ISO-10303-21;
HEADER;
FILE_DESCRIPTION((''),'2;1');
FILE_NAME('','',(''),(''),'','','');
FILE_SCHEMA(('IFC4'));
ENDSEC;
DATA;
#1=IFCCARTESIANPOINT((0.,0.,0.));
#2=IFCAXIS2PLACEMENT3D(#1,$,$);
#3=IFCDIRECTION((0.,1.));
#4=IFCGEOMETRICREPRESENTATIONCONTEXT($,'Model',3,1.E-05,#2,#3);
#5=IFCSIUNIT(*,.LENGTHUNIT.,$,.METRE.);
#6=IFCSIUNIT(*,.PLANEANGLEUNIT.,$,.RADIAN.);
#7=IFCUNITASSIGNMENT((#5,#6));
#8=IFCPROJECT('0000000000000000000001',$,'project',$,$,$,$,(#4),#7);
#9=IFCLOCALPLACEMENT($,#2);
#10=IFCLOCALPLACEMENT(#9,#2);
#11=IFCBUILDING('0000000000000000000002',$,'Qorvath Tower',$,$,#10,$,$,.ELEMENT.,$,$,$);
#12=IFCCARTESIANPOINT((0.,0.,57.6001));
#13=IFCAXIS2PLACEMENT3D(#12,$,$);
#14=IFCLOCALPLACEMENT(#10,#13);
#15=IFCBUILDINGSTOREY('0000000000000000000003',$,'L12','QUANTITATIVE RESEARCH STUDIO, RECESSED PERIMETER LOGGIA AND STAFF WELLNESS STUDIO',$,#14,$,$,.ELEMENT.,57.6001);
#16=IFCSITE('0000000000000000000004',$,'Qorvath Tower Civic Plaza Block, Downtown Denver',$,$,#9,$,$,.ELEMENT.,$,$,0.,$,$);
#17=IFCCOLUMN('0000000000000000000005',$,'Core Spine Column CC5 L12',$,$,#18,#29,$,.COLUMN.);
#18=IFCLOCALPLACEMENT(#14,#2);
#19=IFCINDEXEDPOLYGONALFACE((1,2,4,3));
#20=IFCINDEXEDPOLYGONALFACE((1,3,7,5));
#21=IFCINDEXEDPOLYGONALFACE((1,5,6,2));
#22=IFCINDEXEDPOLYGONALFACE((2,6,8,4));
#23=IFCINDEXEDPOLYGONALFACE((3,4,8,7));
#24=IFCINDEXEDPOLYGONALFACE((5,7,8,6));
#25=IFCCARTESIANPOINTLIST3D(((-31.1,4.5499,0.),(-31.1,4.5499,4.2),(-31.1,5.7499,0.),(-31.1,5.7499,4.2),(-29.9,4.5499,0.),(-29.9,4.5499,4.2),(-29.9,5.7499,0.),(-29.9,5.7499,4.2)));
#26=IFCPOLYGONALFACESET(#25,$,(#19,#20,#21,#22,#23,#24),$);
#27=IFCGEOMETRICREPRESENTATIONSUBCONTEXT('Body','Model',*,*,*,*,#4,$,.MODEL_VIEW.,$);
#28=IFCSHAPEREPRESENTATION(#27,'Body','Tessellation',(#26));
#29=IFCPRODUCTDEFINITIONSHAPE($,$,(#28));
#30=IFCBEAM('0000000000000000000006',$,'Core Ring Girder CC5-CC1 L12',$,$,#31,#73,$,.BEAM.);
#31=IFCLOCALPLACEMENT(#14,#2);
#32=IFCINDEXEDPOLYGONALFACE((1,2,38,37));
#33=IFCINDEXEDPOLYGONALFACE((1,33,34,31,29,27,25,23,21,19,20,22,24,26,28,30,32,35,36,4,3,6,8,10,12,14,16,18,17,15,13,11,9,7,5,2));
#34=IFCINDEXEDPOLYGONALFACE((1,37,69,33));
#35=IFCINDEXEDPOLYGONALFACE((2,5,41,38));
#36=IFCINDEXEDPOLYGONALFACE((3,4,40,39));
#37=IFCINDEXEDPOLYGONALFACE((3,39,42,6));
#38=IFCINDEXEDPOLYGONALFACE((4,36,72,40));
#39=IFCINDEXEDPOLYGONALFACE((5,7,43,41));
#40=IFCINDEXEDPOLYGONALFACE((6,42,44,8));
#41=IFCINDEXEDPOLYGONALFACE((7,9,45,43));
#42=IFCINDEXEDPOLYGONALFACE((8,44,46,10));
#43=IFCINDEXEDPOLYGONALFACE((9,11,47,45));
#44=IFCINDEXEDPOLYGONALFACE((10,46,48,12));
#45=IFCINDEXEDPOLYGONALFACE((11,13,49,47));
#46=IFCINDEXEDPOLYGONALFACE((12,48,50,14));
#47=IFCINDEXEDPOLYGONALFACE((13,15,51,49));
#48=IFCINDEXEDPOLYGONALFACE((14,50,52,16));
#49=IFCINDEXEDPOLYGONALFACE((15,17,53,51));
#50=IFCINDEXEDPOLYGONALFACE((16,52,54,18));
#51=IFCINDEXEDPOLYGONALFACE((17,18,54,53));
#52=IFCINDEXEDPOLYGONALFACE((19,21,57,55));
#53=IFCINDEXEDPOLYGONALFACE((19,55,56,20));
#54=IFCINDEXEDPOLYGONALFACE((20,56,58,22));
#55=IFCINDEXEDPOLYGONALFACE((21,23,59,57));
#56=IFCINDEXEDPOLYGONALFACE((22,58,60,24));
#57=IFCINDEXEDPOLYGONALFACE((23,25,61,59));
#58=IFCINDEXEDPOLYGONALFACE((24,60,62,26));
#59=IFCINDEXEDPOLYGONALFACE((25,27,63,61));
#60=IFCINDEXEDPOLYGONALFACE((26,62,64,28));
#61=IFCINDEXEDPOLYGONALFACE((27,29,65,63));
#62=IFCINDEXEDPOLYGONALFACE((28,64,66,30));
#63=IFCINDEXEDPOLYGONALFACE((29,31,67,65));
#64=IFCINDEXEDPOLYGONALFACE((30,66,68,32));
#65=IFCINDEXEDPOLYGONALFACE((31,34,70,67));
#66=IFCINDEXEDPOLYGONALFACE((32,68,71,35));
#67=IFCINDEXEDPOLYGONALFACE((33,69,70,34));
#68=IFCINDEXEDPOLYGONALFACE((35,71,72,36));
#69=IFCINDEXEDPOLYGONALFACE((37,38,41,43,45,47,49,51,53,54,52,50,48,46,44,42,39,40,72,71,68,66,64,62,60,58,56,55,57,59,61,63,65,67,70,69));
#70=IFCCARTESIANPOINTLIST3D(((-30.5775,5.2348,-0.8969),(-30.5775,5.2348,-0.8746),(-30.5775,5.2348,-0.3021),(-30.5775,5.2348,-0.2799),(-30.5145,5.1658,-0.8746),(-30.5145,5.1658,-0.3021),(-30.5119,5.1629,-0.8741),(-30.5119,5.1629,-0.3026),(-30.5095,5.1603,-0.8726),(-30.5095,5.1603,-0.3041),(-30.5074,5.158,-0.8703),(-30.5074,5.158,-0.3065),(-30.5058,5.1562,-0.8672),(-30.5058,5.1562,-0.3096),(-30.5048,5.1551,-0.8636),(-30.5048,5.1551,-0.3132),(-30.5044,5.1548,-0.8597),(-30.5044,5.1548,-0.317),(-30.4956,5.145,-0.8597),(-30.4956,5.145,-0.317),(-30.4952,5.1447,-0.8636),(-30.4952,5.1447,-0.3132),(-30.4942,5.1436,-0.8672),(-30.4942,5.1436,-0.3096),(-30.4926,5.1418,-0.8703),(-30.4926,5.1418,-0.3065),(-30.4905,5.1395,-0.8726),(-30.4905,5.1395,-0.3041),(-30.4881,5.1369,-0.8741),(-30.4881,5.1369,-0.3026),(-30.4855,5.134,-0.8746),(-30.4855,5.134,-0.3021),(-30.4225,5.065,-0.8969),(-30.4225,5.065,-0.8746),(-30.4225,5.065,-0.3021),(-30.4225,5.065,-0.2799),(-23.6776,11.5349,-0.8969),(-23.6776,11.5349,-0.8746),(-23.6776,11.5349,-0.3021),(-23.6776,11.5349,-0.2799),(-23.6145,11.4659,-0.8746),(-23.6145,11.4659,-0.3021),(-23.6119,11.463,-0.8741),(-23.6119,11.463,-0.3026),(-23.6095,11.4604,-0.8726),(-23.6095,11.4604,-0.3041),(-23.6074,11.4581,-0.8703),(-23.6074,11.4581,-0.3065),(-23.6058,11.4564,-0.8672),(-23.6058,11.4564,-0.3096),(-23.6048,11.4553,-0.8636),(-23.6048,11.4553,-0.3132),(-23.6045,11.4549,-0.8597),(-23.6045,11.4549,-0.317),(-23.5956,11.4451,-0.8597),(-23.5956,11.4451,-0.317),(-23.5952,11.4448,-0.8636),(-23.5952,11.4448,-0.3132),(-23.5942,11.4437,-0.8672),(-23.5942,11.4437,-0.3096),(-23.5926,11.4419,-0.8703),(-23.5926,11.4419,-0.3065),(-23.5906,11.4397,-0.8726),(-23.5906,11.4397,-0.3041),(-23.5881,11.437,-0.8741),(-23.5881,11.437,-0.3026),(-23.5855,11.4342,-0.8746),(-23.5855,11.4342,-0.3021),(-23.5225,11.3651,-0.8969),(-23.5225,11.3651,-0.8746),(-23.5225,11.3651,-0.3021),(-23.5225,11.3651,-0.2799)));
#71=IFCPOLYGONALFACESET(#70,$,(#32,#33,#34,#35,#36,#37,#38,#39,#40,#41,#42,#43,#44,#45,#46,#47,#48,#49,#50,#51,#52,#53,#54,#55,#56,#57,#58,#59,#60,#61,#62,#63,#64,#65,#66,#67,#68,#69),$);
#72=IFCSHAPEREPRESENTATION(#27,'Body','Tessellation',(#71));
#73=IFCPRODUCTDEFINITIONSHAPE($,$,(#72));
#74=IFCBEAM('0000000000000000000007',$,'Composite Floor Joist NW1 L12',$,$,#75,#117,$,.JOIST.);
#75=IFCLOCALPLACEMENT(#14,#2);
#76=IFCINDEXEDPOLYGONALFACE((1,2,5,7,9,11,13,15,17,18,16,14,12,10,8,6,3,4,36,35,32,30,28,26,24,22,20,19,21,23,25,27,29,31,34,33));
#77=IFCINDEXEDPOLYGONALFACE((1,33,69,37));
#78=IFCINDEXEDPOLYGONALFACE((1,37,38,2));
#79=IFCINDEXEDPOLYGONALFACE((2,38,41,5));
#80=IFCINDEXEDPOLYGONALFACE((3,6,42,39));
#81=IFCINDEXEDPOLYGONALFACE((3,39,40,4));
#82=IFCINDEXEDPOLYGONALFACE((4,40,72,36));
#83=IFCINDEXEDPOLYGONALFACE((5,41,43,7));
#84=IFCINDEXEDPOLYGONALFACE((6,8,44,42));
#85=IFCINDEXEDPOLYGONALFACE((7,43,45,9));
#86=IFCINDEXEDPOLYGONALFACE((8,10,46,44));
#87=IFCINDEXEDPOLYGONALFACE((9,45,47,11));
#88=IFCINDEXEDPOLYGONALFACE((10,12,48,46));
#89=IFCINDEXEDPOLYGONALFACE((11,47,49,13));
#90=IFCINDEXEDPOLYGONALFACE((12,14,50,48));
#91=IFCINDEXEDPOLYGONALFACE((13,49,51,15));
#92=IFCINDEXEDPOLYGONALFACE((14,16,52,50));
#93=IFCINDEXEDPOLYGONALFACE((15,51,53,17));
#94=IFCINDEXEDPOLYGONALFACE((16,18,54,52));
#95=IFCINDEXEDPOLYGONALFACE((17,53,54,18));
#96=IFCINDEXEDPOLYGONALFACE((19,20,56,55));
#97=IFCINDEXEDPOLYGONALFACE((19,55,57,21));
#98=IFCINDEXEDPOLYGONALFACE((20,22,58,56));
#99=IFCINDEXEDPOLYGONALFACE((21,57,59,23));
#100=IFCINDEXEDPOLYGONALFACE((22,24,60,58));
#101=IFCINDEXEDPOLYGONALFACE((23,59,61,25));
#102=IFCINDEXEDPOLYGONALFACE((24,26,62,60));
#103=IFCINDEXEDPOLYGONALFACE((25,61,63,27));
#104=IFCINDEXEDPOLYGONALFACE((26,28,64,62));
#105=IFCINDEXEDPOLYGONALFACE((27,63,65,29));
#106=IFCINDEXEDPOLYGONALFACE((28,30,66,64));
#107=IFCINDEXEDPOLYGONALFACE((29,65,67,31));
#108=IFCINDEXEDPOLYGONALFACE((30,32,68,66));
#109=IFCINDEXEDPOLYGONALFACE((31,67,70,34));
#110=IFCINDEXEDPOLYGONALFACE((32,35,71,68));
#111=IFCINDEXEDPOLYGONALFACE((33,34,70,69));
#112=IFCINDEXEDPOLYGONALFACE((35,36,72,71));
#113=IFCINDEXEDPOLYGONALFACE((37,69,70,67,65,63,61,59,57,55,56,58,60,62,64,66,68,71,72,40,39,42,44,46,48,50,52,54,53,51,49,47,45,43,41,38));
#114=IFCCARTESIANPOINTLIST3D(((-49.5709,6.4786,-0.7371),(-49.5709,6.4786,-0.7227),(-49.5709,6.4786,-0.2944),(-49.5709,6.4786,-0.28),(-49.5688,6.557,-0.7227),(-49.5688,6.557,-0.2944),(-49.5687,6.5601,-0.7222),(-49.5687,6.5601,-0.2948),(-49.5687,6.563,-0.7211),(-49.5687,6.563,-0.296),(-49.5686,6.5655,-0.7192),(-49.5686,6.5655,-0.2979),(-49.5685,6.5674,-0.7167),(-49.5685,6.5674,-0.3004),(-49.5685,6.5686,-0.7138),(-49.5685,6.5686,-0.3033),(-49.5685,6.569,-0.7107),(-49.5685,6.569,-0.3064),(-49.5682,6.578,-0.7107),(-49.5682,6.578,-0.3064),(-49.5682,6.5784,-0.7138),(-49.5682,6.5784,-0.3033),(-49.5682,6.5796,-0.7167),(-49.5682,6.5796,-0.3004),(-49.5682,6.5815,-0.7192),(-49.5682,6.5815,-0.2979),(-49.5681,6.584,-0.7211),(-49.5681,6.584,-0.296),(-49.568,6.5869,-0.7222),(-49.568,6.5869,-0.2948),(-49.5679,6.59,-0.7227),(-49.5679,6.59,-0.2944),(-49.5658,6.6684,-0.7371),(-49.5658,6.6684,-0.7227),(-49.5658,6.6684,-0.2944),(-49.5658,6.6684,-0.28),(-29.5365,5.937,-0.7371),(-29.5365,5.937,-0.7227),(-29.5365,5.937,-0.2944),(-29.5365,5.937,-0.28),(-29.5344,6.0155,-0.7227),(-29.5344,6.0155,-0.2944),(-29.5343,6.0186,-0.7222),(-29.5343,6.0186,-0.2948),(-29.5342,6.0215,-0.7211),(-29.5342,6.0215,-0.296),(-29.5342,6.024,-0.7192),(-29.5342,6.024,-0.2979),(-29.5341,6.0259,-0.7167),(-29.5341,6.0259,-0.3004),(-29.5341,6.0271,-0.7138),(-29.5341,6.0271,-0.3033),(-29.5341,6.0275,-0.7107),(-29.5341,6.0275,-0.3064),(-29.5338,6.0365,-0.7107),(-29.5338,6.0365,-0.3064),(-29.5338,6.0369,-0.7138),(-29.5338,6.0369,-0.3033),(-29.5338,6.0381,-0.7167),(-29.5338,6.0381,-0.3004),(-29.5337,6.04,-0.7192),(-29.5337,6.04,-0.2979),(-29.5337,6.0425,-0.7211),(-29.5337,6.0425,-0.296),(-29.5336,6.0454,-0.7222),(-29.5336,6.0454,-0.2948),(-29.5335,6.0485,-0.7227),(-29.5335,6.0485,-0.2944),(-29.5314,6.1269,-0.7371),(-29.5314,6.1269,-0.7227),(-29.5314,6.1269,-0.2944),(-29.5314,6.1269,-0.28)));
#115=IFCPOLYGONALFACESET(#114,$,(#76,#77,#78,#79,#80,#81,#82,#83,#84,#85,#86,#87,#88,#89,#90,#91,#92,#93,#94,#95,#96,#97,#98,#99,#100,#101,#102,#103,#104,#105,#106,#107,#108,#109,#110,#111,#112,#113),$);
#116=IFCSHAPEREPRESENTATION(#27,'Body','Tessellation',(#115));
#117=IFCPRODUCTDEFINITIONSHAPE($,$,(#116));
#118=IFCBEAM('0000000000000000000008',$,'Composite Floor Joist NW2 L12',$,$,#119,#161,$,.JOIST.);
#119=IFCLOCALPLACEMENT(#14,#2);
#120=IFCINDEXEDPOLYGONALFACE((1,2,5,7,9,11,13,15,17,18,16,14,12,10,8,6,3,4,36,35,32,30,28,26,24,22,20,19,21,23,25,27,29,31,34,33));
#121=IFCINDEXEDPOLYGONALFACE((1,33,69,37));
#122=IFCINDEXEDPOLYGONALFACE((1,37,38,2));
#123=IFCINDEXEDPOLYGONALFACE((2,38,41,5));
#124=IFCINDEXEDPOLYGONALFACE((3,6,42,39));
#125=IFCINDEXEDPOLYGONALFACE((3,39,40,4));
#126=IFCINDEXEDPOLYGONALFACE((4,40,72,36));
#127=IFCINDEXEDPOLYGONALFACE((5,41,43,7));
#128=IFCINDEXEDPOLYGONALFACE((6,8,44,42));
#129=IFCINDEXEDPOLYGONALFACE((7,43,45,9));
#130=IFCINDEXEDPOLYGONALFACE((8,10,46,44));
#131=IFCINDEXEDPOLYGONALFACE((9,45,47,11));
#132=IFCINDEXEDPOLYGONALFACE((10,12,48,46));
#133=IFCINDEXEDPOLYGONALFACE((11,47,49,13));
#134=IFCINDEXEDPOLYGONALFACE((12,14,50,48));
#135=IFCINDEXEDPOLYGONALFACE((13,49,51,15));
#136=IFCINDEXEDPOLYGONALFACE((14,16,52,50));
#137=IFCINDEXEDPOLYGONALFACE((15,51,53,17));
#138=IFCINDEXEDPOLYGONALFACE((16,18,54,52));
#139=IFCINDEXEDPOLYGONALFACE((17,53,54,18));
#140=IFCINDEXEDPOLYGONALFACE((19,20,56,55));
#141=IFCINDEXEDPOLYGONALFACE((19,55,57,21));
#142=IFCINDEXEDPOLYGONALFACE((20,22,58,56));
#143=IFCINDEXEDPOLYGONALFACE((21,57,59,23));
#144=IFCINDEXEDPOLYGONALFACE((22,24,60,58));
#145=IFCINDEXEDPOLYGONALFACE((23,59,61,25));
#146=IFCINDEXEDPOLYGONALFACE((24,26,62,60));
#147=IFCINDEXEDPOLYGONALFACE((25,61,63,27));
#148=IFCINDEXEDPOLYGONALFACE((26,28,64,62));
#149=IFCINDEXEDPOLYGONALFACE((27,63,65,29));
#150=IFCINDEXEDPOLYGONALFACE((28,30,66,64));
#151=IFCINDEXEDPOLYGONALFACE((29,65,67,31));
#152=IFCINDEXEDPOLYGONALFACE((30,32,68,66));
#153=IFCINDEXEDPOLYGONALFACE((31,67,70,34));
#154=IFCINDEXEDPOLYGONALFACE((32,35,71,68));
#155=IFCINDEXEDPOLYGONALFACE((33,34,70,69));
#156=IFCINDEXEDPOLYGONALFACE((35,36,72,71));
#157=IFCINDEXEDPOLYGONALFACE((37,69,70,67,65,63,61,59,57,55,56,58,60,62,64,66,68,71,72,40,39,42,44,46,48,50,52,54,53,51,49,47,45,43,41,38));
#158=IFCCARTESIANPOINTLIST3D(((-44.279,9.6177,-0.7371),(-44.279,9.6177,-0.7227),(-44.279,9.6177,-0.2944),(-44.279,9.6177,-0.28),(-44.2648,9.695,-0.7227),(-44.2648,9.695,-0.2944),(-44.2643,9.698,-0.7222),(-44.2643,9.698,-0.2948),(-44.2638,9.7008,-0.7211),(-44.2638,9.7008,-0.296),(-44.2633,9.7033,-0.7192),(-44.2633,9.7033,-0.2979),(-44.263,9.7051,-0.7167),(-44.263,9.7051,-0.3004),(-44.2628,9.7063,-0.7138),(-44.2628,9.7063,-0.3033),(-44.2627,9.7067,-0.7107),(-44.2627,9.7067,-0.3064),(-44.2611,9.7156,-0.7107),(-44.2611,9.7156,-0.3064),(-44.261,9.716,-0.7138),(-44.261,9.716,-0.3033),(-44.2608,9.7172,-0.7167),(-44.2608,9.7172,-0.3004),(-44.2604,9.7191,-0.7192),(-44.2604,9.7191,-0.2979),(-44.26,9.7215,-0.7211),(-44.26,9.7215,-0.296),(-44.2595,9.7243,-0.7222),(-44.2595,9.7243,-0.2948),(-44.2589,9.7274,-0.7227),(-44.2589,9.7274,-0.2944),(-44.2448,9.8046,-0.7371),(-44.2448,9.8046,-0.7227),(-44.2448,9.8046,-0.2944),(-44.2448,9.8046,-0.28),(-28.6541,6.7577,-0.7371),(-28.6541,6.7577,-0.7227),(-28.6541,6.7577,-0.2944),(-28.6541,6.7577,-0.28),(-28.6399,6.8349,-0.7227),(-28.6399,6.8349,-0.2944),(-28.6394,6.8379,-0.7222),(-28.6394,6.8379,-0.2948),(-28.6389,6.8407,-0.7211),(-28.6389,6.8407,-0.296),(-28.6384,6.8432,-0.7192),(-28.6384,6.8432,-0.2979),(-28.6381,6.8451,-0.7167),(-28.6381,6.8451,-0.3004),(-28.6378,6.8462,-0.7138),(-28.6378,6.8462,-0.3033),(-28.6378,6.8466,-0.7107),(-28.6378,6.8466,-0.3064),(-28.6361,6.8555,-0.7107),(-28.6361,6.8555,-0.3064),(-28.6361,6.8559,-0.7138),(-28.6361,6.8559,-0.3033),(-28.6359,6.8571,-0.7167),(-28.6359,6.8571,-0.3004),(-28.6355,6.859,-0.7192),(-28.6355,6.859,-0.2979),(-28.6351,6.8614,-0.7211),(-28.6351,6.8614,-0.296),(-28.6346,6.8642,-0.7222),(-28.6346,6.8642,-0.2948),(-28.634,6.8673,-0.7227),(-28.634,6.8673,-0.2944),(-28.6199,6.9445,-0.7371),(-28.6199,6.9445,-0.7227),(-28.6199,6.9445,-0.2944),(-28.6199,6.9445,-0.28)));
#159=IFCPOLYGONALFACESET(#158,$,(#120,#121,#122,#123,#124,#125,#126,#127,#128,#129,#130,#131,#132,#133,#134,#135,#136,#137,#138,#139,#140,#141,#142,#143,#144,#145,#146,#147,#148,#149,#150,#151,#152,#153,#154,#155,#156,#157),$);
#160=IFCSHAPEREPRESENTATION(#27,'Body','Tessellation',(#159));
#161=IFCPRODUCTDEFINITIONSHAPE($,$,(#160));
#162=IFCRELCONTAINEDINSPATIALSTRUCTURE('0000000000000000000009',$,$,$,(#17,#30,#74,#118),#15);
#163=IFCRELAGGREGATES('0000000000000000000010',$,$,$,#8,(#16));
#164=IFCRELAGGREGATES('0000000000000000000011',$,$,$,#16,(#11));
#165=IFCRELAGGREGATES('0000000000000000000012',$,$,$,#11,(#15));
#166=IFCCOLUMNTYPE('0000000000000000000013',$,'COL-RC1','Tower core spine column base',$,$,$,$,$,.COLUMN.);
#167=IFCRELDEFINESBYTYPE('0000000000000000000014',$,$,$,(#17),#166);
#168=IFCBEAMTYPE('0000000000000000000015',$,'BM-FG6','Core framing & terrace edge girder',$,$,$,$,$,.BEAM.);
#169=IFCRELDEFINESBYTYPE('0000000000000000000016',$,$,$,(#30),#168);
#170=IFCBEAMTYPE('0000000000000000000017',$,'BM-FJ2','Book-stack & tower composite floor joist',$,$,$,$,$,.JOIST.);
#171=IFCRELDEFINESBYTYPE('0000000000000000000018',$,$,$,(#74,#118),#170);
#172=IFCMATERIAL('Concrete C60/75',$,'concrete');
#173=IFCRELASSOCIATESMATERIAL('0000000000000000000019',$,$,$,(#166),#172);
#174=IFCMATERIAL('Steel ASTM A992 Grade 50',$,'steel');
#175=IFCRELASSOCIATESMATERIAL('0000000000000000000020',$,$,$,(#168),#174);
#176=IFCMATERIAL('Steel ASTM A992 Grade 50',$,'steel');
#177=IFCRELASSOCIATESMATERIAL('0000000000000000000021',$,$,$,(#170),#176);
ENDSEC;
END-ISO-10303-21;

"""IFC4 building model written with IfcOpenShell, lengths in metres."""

from ifc_helpers import new_model, si_unit, direction, frame, origin, origin_2d, place, context, subcontext, project, spatial, rectangle, i_section, extrude, material, material_profile, profile_set, type_object, element, save


model = new_model("IFC4")

# Units and contexts
model_context = context("Model", 3, precision=1e-05, world=origin(), true_north=direction((0.0, 1.0)))
body_context = subcontext(model_context, "Body", "Model", "MODEL_VIEW")
ifc_project = project(units=[si_unit("LENGTHUNIT", "METRE"), si_unit("PLANEANGLEUNIT", "RADIAN")], contexts=[model_context])

# Site, building, storey
site_placement = place(None, origin())
site = spatial("IfcSite", under=ifc_project, at=site_placement, Name="Qorvath Tower Civic Plaza Block, Downtown Denver", CompositionType="ELEMENT", RefElevation=0.0)
building_placement = place(site_placement, origin())
building = spatial("IfcBuilding", under=site, at=building_placement, Name="Qorvath Tower", CompositionType="ELEMENT")
storey_placement = place(building_placement, frame((0.0, 0.0, 57.6001)))
storey = spatial("IfcBuildingStorey", under=building, at=storey_placement, Name="L12", Description="QUANTITATIVE RESEARCH STUDIO, RECESSED PERIMETER LOGGIA AND STAFF WELLNESS STUDIO", CompositionType="ELEMENT", Elevation=57.6001)

# Column
ifc_material_1 = material(Name="Concrete C60/75", Category="concrete")
ifc_material_profile_1 = material_profile(ifc_material_1, rectangle(XDim=1.2, YDim=1.2, at=origin_2d()), Name="RC 1200x1200")
ifc_profile_set_1 = profile_set([ifc_material_profile_1], Name="Concrete C60/75")
column_type = type_object("IfcColumnType", Name="COL-RC1", Description="Tower core spine column base", PredefinedType="COLUMN", material=ifc_profile_set_1)
column_placement = place(storey_placement, frame((-30.5, 5.1499, 0.0), z_axis=(0.0, 0.0, 1.0), x_axis=(1.0, 0.0, 0.0)))
element("IfcColumn", 1, at=column_placement, inside=storey, type_object=column_type, Name="Core Spine Column CC5 L12", PredefinedType="COLUMN", context=body_context, shape_type="SweptSolid", body=[
    extrude(rectangle(XDim=1.2, YDim=1.2, at=origin_2d()), origin(), (0.0, 0.0, 1.0), 4.2),
])

# Beams
ifc_material_2 = material(Name="Steel ASTM A992 Grade 50", Category="steel")
ifc_material_profile_2 = material_profile(ifc_material_2, i_section(OverallWidth=0.23, OverallDepth=0.6169, WebThickness=0.0132, FlangeThickness=0.0222, FilletRadius=0.0149, at=origin_2d()), Name="W24x94")
ifc_profile_set_2 = profile_set([ifc_material_profile_2], Name="Steel ASTM A992 Grade 50")
beam_type_1 = type_object("IfcBeamType", Name="BM-FG6", Description="Core framing & terrace edge girder", PredefinedType="BEAM", material=ifc_profile_set_2)
beam_1_placement = place(storey_placement, frame((-30.5, 5.1499, -0.5884), z_axis=(0.738478, 0.674277, 0.0), x_axis=(-0.674277, 0.738478, 0.0)))
element("IfcBeam", 2, at=beam_1_placement, inside=storey, type_object=beam_type_1, Name="Core Ring Girder CC5-CC1 L12", PredefinedType="BEAM", context=body_context, shape_type="SweptSolid", body=[
    extrude(i_section(OverallWidth=0.23, OverallDepth=0.6169, WebThickness=0.0132, FlangeThickness=0.0222, FilletRadius=0.0149, at=origin_2d()), origin(), (0.0, 0.0, 1.0), 9.3435),
])
ifc_material_3 = material(Name="Steel ASTM A992 Grade 50", Category="steel")
ifc_material_profile_3 = material_profile(ifc_material_3, i_section(OverallWidth=0.1899, OverallDepth=0.457, WebThickness=0.009, FlangeThickness=0.0144, FilletRadius=0.012, at=origin_2d()), Name="W18x50")
ifc_profile_set_3 = profile_set([ifc_material_profile_3], Name="Steel ASTM A992 Grade 50")
beam_type_2 = type_object("IfcBeamType", Name="BM-FJ2", Description="Book-stack & tower composite floor joist", PredefinedType="JOIST", material=ifc_profile_set_3)
beam_2_placement = place(storey_placement, frame((-29.5339, 6.032, -0.5085), z_axis=(-0.999635, 0.027019, 0.0), x_axis=(-0.027019, -0.999635, 0.0)))
element("IfcBeam", 3, at=beam_2_placement, inside=storey, type_object=beam_type_2, Name="Composite Floor Joist NW1 L12", PredefinedType="JOIST", context=body_context, shape_type="SweptSolid", body=[
    extrude(i_section(OverallWidth=0.1899, OverallDepth=0.457, WebThickness=0.009, FlangeThickness=0.0144, FilletRadius=0.012, at=origin_2d()), origin(), (0.0, 0.0, 1.0), 20.0417),
])
beam_3_placement = place(storey_placement, frame((-28.637, 6.8511, -0.5085), z_axis=(-0.983656, 0.180055, 0.0), x_axis=(-0.180055, -0.983656, 0.0)))
element("IfcBeam", 4, at=beam_3_placement, inside=storey, type_object=beam_type_2, Name="Composite Floor Joist NW2 L12", PredefinedType="JOIST", context=body_context, shape_type="SweptSolid", body=[
    extrude(i_section(OverallWidth=0.1899, OverallDepth=0.457, WebThickness=0.009, FlangeThickness=0.0144, FilletRadius=0.012, at=origin_2d()), origin(), (0.0, 0.0, 1.0), 15.8845),
])

save(model, "model.ifc")
